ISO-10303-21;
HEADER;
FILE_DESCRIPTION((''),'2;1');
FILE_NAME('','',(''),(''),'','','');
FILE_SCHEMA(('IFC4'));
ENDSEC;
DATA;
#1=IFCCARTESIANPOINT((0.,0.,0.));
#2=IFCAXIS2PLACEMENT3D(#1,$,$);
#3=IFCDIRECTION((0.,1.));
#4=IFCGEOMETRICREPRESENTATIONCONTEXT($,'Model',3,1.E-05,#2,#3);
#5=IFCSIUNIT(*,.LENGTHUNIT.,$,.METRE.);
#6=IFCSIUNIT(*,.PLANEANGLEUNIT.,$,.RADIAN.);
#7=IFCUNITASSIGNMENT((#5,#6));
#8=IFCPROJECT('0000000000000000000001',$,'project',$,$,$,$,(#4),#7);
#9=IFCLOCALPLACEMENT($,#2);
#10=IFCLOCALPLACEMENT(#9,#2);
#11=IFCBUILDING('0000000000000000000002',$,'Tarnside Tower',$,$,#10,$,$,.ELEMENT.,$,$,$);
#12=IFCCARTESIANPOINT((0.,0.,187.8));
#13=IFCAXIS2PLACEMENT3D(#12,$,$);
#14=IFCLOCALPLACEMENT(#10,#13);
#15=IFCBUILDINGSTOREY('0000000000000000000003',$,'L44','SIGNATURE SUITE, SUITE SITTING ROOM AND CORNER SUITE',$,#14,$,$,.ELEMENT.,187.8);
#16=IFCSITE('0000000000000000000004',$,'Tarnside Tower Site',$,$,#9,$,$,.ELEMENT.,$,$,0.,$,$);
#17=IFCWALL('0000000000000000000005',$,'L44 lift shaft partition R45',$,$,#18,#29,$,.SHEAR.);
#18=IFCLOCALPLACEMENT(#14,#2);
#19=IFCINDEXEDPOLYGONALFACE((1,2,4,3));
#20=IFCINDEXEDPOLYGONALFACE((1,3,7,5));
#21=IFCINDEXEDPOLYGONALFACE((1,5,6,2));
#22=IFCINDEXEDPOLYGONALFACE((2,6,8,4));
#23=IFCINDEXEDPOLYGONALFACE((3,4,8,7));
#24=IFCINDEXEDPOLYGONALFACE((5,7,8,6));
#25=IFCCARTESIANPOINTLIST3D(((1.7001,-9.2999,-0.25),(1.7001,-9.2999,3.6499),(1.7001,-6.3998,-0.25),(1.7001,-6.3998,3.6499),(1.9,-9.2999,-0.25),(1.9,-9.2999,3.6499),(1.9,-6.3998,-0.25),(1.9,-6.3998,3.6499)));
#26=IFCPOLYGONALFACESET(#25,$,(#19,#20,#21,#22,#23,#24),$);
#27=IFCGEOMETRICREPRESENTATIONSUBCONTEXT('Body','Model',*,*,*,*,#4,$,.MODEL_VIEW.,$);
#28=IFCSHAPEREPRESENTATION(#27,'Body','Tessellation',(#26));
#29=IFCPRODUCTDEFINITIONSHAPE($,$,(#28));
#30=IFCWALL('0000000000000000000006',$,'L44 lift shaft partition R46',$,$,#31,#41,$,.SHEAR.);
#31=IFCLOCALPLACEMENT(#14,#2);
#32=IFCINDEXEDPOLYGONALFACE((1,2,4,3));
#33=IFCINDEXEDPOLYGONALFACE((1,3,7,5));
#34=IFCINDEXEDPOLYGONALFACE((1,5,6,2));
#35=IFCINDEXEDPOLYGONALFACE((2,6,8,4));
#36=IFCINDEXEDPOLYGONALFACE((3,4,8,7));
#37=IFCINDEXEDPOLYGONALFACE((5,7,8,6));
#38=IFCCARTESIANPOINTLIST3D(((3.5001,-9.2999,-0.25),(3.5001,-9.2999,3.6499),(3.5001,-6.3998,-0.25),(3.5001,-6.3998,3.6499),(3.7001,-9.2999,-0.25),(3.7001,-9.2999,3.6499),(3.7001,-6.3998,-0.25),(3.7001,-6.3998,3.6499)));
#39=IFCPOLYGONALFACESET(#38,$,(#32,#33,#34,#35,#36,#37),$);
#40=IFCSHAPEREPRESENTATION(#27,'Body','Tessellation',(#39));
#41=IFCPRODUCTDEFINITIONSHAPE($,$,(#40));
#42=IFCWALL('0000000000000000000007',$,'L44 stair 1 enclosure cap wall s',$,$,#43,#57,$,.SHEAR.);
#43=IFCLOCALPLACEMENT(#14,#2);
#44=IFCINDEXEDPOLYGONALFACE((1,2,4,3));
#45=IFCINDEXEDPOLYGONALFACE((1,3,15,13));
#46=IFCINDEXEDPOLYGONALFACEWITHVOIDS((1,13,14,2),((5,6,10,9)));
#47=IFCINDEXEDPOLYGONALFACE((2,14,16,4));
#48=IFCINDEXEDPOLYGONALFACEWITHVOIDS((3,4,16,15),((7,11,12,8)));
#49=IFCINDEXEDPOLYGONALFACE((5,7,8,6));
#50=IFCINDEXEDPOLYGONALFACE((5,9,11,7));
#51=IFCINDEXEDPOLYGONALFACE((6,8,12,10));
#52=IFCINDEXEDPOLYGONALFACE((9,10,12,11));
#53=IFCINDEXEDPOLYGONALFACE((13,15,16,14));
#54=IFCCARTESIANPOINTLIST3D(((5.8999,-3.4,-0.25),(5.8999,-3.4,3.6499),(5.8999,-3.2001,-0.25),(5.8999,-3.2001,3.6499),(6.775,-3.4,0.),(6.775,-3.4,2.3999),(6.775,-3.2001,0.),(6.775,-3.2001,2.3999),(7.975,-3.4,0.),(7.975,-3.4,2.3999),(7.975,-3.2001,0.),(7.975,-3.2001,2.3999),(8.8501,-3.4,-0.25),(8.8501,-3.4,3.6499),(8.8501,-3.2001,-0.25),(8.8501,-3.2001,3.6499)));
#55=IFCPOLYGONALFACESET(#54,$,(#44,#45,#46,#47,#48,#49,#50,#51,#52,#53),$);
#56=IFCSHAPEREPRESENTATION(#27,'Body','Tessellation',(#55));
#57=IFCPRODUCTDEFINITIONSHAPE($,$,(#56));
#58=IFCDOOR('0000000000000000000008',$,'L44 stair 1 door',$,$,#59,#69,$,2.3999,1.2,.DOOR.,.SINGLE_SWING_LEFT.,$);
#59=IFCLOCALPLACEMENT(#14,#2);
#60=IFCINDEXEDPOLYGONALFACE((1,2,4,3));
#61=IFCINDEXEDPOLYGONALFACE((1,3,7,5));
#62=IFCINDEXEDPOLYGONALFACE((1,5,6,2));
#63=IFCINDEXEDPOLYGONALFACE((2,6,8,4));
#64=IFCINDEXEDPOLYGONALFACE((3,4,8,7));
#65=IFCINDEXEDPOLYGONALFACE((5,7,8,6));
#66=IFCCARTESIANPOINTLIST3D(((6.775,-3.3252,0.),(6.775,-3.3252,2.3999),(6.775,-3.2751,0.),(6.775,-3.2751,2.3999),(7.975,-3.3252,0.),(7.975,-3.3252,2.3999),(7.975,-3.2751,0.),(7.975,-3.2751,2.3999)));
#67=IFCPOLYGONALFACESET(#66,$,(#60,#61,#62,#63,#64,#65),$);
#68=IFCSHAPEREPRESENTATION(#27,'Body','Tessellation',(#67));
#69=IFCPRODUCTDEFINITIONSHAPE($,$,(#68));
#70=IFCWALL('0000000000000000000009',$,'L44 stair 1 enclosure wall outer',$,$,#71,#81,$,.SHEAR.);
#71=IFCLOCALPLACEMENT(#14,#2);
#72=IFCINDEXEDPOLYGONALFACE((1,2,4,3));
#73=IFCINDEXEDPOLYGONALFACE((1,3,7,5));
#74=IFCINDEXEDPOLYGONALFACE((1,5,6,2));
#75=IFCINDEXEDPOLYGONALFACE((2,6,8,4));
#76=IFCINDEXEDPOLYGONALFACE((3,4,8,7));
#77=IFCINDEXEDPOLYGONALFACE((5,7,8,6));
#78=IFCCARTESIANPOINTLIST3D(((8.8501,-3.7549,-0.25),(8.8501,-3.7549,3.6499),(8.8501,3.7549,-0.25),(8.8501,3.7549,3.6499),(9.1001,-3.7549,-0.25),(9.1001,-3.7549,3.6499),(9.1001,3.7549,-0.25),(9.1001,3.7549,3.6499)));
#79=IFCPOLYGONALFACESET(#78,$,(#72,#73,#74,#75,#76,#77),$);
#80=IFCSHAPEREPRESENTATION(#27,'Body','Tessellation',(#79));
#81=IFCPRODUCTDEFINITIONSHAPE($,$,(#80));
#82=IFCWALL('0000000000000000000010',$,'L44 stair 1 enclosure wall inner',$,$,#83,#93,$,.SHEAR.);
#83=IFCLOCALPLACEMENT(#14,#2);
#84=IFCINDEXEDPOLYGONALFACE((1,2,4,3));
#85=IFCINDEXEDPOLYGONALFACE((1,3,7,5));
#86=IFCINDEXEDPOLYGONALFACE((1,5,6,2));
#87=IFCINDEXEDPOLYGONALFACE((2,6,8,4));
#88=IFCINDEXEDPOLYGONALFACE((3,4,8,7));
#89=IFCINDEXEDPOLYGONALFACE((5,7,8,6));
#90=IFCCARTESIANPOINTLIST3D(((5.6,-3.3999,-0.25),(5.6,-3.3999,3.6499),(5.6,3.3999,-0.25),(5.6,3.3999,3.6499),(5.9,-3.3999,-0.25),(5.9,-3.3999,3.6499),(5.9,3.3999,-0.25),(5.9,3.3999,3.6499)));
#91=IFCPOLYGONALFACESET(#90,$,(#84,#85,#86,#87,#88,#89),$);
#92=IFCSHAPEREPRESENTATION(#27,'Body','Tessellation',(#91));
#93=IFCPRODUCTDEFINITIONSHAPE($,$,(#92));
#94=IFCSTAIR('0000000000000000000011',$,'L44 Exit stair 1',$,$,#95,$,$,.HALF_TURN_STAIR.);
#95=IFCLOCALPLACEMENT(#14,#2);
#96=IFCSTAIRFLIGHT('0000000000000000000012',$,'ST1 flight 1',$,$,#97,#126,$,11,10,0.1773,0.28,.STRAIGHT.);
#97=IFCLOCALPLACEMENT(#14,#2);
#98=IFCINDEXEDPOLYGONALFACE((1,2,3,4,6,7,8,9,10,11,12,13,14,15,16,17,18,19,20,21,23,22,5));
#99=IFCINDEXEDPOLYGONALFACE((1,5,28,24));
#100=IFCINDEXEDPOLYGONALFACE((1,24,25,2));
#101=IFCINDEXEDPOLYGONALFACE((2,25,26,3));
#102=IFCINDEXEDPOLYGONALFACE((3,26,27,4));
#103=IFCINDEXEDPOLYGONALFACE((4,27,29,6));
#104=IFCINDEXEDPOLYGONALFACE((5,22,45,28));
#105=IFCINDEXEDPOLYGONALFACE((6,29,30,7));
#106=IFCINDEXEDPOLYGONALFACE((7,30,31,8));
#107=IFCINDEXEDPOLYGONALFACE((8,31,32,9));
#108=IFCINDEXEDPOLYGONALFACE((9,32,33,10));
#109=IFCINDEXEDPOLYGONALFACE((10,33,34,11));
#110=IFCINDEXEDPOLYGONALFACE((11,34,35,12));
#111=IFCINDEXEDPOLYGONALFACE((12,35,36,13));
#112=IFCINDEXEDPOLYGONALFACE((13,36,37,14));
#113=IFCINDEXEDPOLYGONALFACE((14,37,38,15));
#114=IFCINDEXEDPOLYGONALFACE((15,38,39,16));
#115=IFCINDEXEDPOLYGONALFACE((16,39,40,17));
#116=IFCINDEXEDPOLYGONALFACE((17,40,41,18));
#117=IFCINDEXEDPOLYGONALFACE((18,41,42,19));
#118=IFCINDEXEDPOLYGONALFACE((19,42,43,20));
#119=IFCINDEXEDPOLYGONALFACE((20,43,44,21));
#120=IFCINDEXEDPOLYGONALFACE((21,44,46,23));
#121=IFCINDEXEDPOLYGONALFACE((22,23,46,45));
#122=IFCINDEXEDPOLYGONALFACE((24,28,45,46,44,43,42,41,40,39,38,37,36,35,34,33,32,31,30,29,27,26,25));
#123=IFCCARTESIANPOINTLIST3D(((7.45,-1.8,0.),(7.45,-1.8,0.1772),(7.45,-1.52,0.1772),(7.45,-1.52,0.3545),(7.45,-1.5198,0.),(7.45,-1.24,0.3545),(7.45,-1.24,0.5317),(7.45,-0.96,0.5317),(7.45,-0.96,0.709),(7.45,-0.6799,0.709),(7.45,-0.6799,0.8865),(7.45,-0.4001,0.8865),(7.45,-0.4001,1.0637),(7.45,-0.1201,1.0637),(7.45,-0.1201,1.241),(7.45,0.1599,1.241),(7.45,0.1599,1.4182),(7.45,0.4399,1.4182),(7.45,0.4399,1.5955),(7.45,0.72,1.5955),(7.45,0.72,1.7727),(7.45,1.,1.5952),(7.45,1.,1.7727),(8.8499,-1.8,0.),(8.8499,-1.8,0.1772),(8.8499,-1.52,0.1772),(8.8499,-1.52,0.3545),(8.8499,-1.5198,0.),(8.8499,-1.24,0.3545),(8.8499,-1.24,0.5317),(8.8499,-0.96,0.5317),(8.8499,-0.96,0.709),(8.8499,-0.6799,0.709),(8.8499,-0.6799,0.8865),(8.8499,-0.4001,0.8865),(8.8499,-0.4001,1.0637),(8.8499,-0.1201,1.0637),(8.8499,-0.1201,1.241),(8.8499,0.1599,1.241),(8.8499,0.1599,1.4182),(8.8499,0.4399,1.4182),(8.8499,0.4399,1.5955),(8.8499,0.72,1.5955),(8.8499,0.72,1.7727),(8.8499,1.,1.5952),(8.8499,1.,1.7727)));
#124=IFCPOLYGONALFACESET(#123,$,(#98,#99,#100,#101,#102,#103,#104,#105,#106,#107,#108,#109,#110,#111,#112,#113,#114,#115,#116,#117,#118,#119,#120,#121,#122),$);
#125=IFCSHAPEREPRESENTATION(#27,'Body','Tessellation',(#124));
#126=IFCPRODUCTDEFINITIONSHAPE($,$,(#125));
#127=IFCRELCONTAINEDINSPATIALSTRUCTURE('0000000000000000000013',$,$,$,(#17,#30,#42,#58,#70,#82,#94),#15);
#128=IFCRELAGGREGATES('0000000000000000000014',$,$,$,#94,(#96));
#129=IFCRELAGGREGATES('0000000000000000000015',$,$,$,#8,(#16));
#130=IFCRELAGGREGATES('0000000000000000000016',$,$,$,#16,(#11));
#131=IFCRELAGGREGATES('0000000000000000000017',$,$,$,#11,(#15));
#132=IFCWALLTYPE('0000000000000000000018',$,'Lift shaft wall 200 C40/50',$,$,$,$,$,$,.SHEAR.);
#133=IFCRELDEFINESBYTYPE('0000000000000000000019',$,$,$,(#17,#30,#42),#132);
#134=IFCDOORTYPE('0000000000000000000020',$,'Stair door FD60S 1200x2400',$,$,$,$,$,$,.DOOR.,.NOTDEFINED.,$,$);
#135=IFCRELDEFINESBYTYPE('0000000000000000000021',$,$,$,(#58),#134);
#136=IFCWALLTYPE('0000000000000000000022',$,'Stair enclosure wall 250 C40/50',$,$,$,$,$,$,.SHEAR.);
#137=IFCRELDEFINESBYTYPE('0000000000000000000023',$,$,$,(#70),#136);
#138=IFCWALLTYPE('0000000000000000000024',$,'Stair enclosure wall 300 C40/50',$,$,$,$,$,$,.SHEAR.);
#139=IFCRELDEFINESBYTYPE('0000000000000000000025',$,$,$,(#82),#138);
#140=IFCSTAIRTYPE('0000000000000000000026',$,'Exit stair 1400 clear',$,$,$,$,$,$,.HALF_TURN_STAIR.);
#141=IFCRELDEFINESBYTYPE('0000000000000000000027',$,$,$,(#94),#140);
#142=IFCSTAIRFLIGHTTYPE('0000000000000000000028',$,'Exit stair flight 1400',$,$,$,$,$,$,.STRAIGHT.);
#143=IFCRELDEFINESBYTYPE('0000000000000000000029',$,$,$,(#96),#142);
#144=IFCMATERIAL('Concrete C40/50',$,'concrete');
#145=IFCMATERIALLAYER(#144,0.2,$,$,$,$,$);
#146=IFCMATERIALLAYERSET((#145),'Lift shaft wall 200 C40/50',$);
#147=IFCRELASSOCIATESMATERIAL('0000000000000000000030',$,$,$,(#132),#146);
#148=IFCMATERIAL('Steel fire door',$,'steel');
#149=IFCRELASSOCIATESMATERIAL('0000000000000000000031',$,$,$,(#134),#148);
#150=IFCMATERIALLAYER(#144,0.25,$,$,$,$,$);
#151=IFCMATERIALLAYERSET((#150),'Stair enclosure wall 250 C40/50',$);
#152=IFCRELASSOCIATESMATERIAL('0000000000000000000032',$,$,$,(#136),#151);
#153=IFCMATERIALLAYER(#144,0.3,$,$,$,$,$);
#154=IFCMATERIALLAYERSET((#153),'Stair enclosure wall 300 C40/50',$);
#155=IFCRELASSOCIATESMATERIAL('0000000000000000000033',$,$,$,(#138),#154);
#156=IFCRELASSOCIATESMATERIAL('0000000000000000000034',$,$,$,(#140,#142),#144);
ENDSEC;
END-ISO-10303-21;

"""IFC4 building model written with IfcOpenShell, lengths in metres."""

from ifc_helpers import new_model, si_unit, direction, frame, frame_2d, origin, place, context, subcontext, project, spatial, polyline, rectangle, outline, extrude, material, layer, layer_set, type_object, element, fill, aggregate, save


model = new_model("IFC4")

# Units and contexts
model_context = context("Model", 3, precision=1e-05, world=origin(), true_north=direction((0.0, 1.0)))
body_context = subcontext(model_context, "Body", "Model", "MODEL_VIEW")
ifc_project = project(units=[si_unit("LENGTHUNIT", "METRE"), si_unit("PLANEANGLEUNIT", "RADIAN")], contexts=[model_context])

# Site, building, storey
site_placement = place(None, origin())
site = spatial("IfcSite", under=ifc_project, at=site_placement, Name="Tarnside Tower Site", CompositionType="ELEMENT", RefElevation=0.0)
building_placement = place(site_placement, origin())
building = spatial("IfcBuilding", under=site, at=building_placement, Name="Tarnside Tower", CompositionType="ELEMENT")
storey_placement = place(building_placement, frame((0.0, 0.0, 187.8)))
storey = spatial("IfcBuildingStorey", under=building, at=storey_placement, Name="L44", Description="SIGNATURE SUITE, SUITE SITTING ROOM AND CORNER SUITE", CompositionType="ELEMENT", Elevation=187.8)

# Shared definitions
ifc_material_1 = material(Name="Concrete C40/50", Category="concrete")

# Shared definitions
ifc_material_2 = material(Name="Steel fire door", Category="steel")

# Walls
ifc_layer_1 = layer(ifc_material_1, 0.2)
ifc_layer_set_1 = layer_set([ifc_layer_1], Name="Lift shaft wall 200 C40/50")
wall_type_1 = type_object("IfcWallType", Name="Lift shaft wall 200 C40/50", PredefinedType="SHEAR", material=ifc_layer_set_1)
for number, where, z_axis, x_axis, name in (
    (1, (1.8, -9.3, -0.25), (0.0, 0.0, 1.0), (0.0, 1.0, 0.0), "L44 lift shaft partition R45"),
    (2, (3.6001, -9.3, -0.25), (0.0, 0.0, 1.0), (0.0, 1.0, 0.0), "L44 lift shaft partition R46"),
):
    element("IfcWall", number, at=place(storey_placement, frame(where, z_axis=z_axis, x_axis=x_axis)), inside=storey, type_object=wall_type_1, Name=name, PredefinedType="SHEAR", context=body_context, shape_type="SweptSolid", body=[
        extrude(rectangle(XDim=2.9001, YDim=0.2, at=frame_2d((1.4502, 0.0))), origin(), (0.0, 0.0, 1.0), 3.8999),
    ])

# Wall, opening, door
wall_1_placement = place(storey_placement, frame((5.8999, -3.3, -0.25), z_axis=(0.0, 0.0, 1.0), x_axis=(1.0, 0.0, 0.0)))
wall_1 = element("IfcWall", 3, at=wall_1_placement, inside=storey, type_object=wall_type_1, Name="L44 stair 1 enclosure cap wall s", PredefinedType="SHEAR", context=body_context, shape_type="SweptSolid", body=[
    extrude(rectangle(XDim=2.9502, YDim=0.2, at=frame_2d((1.4751, 0.0))), origin(), (0.0, 0.0, 1.0), 3.8999),
])
opening_1_placement = place(wall_1_placement, frame((0.875, 0.0, 0.25)))
opening_1 = element("IfcOpeningElement", 4, at=opening_1_placement, cuts=wall_1, PredefinedType="OPENING", context=body_context, shape_type="SweptSolid", body=[
    extrude(rectangle(XDim=1.2, YDim=2.3999, at=frame_2d((0.6001, 1.2))), frame((0.0, 0.1099, 0.0), z_axis=(0.0, -1.0, 0.0), x_axis=(1.0, 0.0, 0.0)), (0.0, 0.0, 1.0), 0.22),
])
door_type_1 = type_object("IfcDoorType", Name="Stair door FD60S 1200x2400", OperationType="NOTDEFINED", PredefinedType="DOOR", material=ifc_material_2)
door_1_placement = place(opening_1_placement, origin())
door_1 = element("IfcDoor", 5, at=door_1_placement, inside=storey, type_object=door_type_1, Name="L44 stair 1 door", OperationType="SINGLE_SWING_LEFT", OverallHeight=2.3999, OverallWidth=1.2, PredefinedType="DOOR", context=body_context, shape_type="SweptSolid", body=[
    extrude(rectangle(XDim=1.2, YDim=2.3999, at=frame_2d((0.6001, 1.2))), frame((0.0, 0.0249, 0.0), z_axis=(0.0, -1.0, 0.0), x_axis=(1.0, 0.0, 0.0)), (0.0, 0.0, 1.0), 0.05),
])
fill(opening_1, door_1)

# Walls
ifc_layer_2 = layer(ifc_material_1, 0.25)
ifc_layer_set_2 = layer_set([ifc_layer_2], Name="Stair enclosure wall 250 C40/50")
wall_type_2 = type_object("IfcWallType", Name="Stair enclosure wall 250 C40/50", PredefinedType="SHEAR", material=ifc_layer_set_2)
wall_2_placement = place(storey_placement, frame((8.9751, -3.7549, -0.25), z_axis=(0.0, 0.0, 1.0), x_axis=(0.0, 1.0, 0.0)))
element("IfcWall", 6, at=wall_2_placement, inside=storey, type_object=wall_type_2, Name="L44 stair 1 enclosure wall outer", PredefinedType="SHEAR", context=body_context, shape_type="SweptSolid", body=[
    extrude(rectangle(XDim=7.5098, YDim=0.25, at=frame_2d((3.7549, 0.0))), origin(), (0.0, 0.0, 1.0), 3.8999),
])
ifc_layer_3 = layer(ifc_material_1, 0.3)
ifc_layer_set_3 = layer_set([ifc_layer_3], Name="Stair enclosure wall 300 C40/50")
wall_type_3 = type_object("IfcWallType", Name="Stair enclosure wall 300 C40/50", PredefinedType="SHEAR", material=ifc_layer_set_3)
wall_3_placement = place(storey_placement, frame((5.75, -3.3999, -0.25), z_axis=(0.0, 0.0, 1.0), x_axis=(0.0, 1.0, 0.0)))
element("IfcWall", 7, at=wall_3_placement, inside=storey, type_object=wall_type_3, Name="L44 stair 1 enclosure wall inner", PredefinedType="SHEAR", context=body_context, shape_type="SweptSolid", body=[
    extrude(rectangle(XDim=6.7998, YDim=0.3, at=frame_2d((3.3999, 0.0))), origin(), (0.0, 0.0, 1.0), 3.8999),
])

# Stair, stair flight
stair_type = type_object("IfcStairType", Name="Exit stair 1400 clear", PredefinedType="HALF_TURN_STAIR", material=ifc_material_1)
stair_placement = place(storey_placement, origin())
stair = element("IfcStair", 8, at=stair_placement, inside=storey, type_object=stair_type, Name="L44 Exit stair 1", PredefinedType="HALF_TURN_STAIR")
stair_flight_type = type_object("IfcStairFlightType", Name="Exit stair flight 1400", PredefinedType="STRAIGHT", material=ifc_material_1)
stair_flight_placement = place(storey_placement, frame((8.1499, -1.8, 0.0), z_axis=(0.0, 0.0, 1.0), x_axis=(0.0, 1.0, 0.0)))
stair_flight = element("IfcStairFlight", 9, at=stair_flight_placement, type_object=stair_flight_type, Name="ST1 flight 1", NumberOfRisers=11, NumberOfTreads=10, PredefinedType="STRAIGHT", RiserHeight=0.1773, TreadLength=0.28, context=body_context, shape_type="SweptSolid", body=[
    extrude(outline(polyline([(0.0, 0.0), (0.0, 0.1772), (0.28, 0.1772), (0.28, 0.3545), (0.5601, 0.3545), (0.5601, 0.5317), (0.8401, 0.5317), (0.8401, 0.709), (1.1201, 0.709), (1.1201, 0.8865), (1.3999, 0.8865), (1.3999, 1.0637), (1.6799, 1.0637), (1.6799, 1.241), (1.96, 1.241), (1.96, 1.4182), (2.24, 1.4182), (2.24, 1.5955), (2.52, 1.5955), (2.52, 1.7727), (2.8, 1.7727), (2.8, 1.95), (2.8, 1.5952), (0.2803, 0.0), (0.0, 0.0)])), frame((0.0, 0.7, 0.0), z_axis=(0.0, -1.0, 0.0), x_axis=(1.0, 0.0, 0.0)), (0.0, 0.0, 1.0), 1.3999),
])
aggregate(stair, [stair_flight])

save(model, "model.ifc")
